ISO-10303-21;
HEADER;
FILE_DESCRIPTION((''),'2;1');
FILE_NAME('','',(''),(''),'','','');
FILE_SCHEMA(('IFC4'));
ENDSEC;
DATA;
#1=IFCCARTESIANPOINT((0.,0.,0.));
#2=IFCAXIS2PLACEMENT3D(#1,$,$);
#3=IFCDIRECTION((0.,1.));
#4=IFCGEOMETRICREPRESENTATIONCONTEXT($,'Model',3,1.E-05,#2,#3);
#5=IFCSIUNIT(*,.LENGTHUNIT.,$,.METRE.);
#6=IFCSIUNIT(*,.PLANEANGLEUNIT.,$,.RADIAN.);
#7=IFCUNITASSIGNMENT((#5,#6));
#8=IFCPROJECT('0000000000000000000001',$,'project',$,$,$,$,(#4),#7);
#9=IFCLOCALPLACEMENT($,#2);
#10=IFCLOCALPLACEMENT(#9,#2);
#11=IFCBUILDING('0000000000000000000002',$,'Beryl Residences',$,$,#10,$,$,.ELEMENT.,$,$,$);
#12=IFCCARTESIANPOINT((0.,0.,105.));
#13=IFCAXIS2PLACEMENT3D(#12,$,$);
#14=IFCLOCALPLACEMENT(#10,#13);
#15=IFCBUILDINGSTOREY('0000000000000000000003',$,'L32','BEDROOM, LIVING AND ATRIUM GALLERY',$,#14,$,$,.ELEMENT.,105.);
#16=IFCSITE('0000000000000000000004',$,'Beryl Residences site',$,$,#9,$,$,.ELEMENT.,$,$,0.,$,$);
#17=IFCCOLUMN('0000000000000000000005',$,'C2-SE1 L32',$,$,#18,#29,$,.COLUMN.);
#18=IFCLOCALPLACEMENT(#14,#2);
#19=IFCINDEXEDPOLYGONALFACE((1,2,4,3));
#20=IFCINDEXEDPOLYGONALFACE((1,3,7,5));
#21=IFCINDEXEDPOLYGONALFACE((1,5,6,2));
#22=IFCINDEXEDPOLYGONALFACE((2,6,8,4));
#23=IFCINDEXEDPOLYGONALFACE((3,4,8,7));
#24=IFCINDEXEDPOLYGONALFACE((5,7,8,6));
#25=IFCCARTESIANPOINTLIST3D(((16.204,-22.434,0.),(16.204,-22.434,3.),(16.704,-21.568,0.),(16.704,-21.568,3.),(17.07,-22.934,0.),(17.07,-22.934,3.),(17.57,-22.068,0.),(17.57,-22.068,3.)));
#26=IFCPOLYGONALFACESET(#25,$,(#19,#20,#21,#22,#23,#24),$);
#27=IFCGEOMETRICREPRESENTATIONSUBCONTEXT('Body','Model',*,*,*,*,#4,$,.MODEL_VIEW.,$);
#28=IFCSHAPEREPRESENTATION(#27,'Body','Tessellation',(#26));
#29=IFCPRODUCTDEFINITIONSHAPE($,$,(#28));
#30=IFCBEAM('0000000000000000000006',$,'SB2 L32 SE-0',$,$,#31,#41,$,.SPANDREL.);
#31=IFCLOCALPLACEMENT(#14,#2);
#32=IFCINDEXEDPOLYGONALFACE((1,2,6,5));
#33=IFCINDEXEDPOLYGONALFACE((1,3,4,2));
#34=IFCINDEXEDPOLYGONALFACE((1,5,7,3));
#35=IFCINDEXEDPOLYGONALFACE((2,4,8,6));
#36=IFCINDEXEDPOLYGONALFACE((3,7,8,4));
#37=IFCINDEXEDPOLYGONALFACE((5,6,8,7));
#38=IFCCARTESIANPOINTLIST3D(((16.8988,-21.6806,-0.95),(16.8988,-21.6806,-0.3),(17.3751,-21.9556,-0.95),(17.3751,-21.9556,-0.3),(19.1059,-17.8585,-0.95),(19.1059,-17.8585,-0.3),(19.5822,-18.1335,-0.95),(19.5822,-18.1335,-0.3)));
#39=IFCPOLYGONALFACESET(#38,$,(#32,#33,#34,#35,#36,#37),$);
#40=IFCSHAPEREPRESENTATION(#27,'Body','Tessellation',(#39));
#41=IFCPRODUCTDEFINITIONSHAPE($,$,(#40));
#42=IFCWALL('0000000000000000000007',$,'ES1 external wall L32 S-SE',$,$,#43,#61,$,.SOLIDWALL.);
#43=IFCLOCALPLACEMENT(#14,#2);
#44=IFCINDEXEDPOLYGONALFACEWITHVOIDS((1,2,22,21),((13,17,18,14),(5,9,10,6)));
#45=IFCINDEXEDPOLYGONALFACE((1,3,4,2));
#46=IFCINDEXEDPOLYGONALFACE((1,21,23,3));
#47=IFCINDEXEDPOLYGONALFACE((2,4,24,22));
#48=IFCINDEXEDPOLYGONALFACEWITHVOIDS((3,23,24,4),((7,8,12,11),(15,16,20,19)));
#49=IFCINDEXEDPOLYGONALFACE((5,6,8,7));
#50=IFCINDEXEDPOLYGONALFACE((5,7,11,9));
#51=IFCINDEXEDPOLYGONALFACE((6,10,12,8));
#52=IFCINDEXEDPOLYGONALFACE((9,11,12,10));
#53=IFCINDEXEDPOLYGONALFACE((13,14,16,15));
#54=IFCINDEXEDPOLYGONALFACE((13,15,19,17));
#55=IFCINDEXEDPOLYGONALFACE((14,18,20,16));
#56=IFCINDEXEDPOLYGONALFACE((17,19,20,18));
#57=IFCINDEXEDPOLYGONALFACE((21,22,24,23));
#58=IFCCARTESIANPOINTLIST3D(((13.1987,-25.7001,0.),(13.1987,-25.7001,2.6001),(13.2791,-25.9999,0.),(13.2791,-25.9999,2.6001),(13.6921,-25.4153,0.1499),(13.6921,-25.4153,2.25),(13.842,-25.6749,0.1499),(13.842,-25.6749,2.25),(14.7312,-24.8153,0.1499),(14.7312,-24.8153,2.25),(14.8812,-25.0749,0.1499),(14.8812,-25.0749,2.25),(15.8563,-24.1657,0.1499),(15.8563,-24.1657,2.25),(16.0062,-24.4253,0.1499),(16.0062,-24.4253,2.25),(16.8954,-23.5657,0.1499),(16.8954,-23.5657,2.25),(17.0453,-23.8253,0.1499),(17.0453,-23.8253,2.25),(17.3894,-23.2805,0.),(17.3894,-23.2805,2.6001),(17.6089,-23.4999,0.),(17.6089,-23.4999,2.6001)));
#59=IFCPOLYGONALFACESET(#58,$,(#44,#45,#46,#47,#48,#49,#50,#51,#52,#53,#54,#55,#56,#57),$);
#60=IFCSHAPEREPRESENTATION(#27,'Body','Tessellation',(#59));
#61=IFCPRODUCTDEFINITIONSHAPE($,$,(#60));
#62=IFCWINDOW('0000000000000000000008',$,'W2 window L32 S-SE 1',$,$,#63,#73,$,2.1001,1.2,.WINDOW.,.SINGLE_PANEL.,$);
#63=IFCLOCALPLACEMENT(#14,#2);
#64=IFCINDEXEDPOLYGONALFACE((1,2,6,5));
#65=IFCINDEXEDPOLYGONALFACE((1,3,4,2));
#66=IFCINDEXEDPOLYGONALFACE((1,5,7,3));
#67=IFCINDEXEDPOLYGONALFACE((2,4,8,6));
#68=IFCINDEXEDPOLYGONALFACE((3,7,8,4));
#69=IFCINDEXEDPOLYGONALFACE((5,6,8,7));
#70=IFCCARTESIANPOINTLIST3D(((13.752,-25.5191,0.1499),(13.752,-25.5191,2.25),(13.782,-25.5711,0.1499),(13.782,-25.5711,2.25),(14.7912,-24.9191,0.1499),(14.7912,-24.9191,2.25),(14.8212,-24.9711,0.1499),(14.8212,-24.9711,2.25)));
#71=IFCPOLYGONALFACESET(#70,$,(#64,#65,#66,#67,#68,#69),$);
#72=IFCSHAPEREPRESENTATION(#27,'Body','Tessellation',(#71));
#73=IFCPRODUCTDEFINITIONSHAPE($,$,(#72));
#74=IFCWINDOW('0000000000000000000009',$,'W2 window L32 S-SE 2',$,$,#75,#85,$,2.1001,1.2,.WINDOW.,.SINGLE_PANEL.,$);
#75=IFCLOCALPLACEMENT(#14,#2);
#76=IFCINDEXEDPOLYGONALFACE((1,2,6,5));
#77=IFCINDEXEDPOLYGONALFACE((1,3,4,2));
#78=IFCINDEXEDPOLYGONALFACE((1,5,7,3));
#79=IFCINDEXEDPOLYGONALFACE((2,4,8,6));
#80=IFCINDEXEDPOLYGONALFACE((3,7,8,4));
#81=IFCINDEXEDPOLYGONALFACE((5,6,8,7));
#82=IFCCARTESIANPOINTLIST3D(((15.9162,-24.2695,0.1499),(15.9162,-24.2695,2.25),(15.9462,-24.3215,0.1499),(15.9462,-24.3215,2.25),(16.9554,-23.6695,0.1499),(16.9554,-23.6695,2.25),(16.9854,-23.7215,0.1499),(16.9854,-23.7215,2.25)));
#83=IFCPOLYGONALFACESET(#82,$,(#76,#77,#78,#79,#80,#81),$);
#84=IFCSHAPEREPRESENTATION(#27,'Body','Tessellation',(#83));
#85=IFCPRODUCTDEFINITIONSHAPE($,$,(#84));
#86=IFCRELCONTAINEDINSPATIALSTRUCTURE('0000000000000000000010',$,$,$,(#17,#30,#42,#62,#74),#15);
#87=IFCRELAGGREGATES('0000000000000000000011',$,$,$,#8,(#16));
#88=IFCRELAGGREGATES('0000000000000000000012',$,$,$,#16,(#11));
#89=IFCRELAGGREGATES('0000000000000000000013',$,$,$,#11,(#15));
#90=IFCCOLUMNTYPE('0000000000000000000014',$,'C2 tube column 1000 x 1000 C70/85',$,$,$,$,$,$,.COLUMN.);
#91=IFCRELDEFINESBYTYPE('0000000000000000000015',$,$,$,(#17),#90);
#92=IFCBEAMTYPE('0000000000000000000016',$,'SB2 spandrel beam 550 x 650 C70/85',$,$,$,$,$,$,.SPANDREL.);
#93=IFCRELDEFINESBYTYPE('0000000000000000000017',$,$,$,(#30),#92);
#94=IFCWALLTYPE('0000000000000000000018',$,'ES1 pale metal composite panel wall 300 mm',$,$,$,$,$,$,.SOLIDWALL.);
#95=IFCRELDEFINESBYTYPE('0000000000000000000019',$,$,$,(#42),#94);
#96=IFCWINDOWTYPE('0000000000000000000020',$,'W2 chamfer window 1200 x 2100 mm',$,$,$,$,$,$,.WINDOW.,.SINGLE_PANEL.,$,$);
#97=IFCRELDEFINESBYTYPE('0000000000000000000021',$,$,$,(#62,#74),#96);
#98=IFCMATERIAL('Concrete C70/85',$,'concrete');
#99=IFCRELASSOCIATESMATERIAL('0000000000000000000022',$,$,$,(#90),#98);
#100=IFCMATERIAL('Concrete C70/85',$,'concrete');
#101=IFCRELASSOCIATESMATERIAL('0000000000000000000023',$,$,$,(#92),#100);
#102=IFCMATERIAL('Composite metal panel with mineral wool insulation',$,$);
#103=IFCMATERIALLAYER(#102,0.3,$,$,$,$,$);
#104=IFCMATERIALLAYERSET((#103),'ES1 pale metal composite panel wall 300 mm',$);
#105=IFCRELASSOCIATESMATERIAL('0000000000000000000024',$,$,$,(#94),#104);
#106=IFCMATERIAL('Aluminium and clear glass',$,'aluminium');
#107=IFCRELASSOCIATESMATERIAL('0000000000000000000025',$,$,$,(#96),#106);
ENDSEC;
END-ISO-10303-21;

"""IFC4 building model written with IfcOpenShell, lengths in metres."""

from ifc_helpers import new_model, si_unit, direction, frame, frame_2d, origin, origin_2d, place, context, subcontext, project, spatial, polyline, rectangle, outline, extrude, material, layer, layer_set, material_profile, profile_set, type_object, element, fill, save


model = new_model("IFC4")

# Units and contexts
model_context = context("Model", 3, precision=1e-05, world=origin(), true_north=direction((0.0, 1.0)))
body_context = subcontext(model_context, "Body", "Model", "MODEL_VIEW")
ifc_project = project(units=[si_unit("LENGTHUNIT", "METRE"), si_unit("PLANEANGLEUNIT", "RADIAN")], contexts=[model_context])

# Site, building, storey
site_placement = place(None, origin())
site = spatial("IfcSite", under=ifc_project, at=site_placement, Name="Beryl Residences site", CompositionType="ELEMENT", RefElevation=0.0)
building_placement = place(site_placement, origin())
building = spatial("IfcBuilding", under=site, at=building_placement, Name="Beryl Residences", CompositionType="ELEMENT")
storey_placement = place(building_placement, frame((0.0, 0.0, 105.0)))
storey = spatial("IfcBuildingStorey", under=building, at=storey_placement, Name="L32", Description="BEDROOM, LIVING AND ATRIUM GALLERY", CompositionType="ELEMENT", Elevation=105.0)

# Column
ifc_material_1 = material(Name="Concrete C70/85", Category="concrete")
ifc_material_profile_1 = material_profile(ifc_material_1, rectangle(XDim=1.0, YDim=1.0, at=origin_2d()))
ifc_profile_set_1 = profile_set([ifc_material_profile_1], Name="Concrete C70/85")
column_type = type_object("IfcColumnType", Name="C2 tube column 1000 x 1000 C70/85", PredefinedType="COLUMN", material=ifc_profile_set_1)
column_placement = place(storey_placement, frame((16.887, -22.251, 0.0), z_axis=(0.0, 0.0, 1.0), x_axis=(0.5, 0.866025, 0.0)))
element("IfcColumn", 1, at=column_placement, inside=storey, type_object=column_type, Name="C2-SE1 L32", PredefinedType="COLUMN", context=body_context, shape_type="SweptSolid", body=[
    extrude(rectangle(XDim=1.0, YDim=1.0, at=origin_2d()), origin(), (0.0, 0.0, 1.0), 3.0),
])

# Beam
ifc_material_2 = material(Name="Concrete C70/85", Category="concrete")
ifc_material_profile_2 = material_profile(ifc_material_2, rectangle(XDim=0.55, YDim=0.6499, at=origin_2d()))
ifc_profile_set_2 = profile_set([ifc_material_profile_2], Name="Concrete C70/85")
beam_type = type_object("IfcBeamType", Name="SB2 spandrel beam 550 x 650 C70/85", PredefinedType="SPANDREL", material=ifc_profile_set_2)
beam_placement = place(storey_placement, frame((17.137, -21.8181, -0.625), z_axis=(0.500066, 0.865988, 0.0), x_axis=(-0.865988, 0.500066, 0.0)))
element("IfcBeam", 2, at=beam_placement, inside=storey, type_object=beam_type, Name="SB2 L32 SE-0", PredefinedType="SPANDREL", context=body_context, shape_type="SweptSolid", body=[
    extrude(rectangle(XDim=0.55, YDim=0.6499, at=origin_2d()), origin(), (0.0, 0.0, 1.0), 4.4136),
])

# Wall, openings, windows
ifc_material_3 = material(Name="Composite metal panel with mineral wool insulation")
ifc_layer_1 = layer(ifc_material_3, 0.3)
ifc_layer_set_1 = layer_set([ifc_layer_1], Name="ES1 pale metal composite panel wall 300 mm")
wall_type_1 = type_object("IfcWallType", Name="ES1 pale metal composite panel wall 300 mm", PredefinedType="SOLIDWALL", material=ifc_layer_set_1)
wall_1_placement = place(storey_placement, frame((13.2041, -25.8701, 0.0), z_axis=(0.0, 0.0, 1.0), x_axis=(0.866011, 0.500025, 0.0)))
wall_1 = element("IfcWall", 3, at=wall_1_placement, inside=storey, type_object=wall_type_1, Name="ES1 external wall L32 S-SE", PredefinedType="SOLIDWALL", context=body_context, shape_type="SweptSolid", body=[
    extrude(outline(polyline([(0.0, -0.1499), (4.9998, -0.1499), (4.9194, 0.1499), (0.0803, 0.1499), (0.0, -0.1499)])), origin(), (0.0, 0.0, 1.0), 2.6001),
])
opening_1_placement = place(wall_1_placement, frame((0.6499, 0.0, 0.1499)))
opening_1 = element("IfcOpeningElement", 4, at=opening_1_placement, cuts=wall_1, PredefinedType="OPENING", context=body_context, shape_type="SweptSolid", body=[
    extrude(rectangle(XDim=1.2, YDim=2.1001, at=frame_2d((0.6001, 1.05))), frame((0.0, 0.1599, 0.0), z_axis=(0.0, -1.0, 0.0), x_axis=(1.0, 0.0, 0.0)), (0.0, 0.0, 1.0), 0.3201),
])
opening_2_placement = place(wall_1_placement, frame((3.1489, 0.0, 0.1499)))
opening_2 = element("IfcOpeningElement", 5, at=opening_2_placement, cuts=wall_1, PredefinedType="OPENING", context=body_context, shape_type="SweptSolid", body=[
    extrude(rectangle(XDim=1.2, YDim=2.1001, at=frame_2d((0.6001, 1.05))), frame((0.0, 0.1599, 0.0), z_axis=(0.0, -1.0, 0.0), x_axis=(1.0, 0.0, 0.0)), (0.0, 0.0, 1.0), 0.3201),
])
ifc_material_4 = material(Name="Aluminium and clear glass", Category="aluminium")
window_type_1 = type_object("IfcWindowType", Name="W2 chamfer window 1200 x 2100 mm", PartitioningType="SINGLE_PANEL", PredefinedType="WINDOW", material=ifc_material_4)
window_1_placement = place(opening_1_placement, origin())
window_1 = element("IfcWindow", 6, at=window_1_placement, inside=storey, type_object=window_type_1, Name="W2 window L32 S-SE 1", OverallHeight=2.1001, OverallWidth=1.2, PartitioningType="SINGLE_PANEL", PredefinedType="WINDOW", context=body_context, shape_type="SweptSolid", body=[
    extrude(rectangle(XDim=1.2, YDim=2.1001, at=frame_2d((0.6001, 1.05))), frame((0.0, 0.03, 0.0), z_axis=(0.0, -1.0, 0.0), x_axis=(1.0, 0.0, 0.0)), (0.0, 0.0, 1.0), 0.0601),
])
fill(opening_1, window_1)
window_2_placement = place(opening_2_placement, origin())
window_2 = element("IfcWindow", 7, at=window_2_placement, inside=storey, type_object=window_type_1, Name="W2 window L32 S-SE 2", OverallHeight=2.1001, OverallWidth=1.2, PartitioningType="SINGLE_PANEL", PredefinedType="WINDOW", context=body_context, shape_type="SweptSolid", body=[
    extrude(rectangle(XDim=1.2, YDim=2.1001, at=frame_2d((0.6001, 1.05))), frame((0.0, 0.03, 0.0), z_axis=(0.0, -1.0, 0.0), x_axis=(1.0, 0.0, 0.0)), (0.0, 0.0, 1.0), 0.0601),
])
fill(opening_2, window_2)

save(model, "model.ifc")
